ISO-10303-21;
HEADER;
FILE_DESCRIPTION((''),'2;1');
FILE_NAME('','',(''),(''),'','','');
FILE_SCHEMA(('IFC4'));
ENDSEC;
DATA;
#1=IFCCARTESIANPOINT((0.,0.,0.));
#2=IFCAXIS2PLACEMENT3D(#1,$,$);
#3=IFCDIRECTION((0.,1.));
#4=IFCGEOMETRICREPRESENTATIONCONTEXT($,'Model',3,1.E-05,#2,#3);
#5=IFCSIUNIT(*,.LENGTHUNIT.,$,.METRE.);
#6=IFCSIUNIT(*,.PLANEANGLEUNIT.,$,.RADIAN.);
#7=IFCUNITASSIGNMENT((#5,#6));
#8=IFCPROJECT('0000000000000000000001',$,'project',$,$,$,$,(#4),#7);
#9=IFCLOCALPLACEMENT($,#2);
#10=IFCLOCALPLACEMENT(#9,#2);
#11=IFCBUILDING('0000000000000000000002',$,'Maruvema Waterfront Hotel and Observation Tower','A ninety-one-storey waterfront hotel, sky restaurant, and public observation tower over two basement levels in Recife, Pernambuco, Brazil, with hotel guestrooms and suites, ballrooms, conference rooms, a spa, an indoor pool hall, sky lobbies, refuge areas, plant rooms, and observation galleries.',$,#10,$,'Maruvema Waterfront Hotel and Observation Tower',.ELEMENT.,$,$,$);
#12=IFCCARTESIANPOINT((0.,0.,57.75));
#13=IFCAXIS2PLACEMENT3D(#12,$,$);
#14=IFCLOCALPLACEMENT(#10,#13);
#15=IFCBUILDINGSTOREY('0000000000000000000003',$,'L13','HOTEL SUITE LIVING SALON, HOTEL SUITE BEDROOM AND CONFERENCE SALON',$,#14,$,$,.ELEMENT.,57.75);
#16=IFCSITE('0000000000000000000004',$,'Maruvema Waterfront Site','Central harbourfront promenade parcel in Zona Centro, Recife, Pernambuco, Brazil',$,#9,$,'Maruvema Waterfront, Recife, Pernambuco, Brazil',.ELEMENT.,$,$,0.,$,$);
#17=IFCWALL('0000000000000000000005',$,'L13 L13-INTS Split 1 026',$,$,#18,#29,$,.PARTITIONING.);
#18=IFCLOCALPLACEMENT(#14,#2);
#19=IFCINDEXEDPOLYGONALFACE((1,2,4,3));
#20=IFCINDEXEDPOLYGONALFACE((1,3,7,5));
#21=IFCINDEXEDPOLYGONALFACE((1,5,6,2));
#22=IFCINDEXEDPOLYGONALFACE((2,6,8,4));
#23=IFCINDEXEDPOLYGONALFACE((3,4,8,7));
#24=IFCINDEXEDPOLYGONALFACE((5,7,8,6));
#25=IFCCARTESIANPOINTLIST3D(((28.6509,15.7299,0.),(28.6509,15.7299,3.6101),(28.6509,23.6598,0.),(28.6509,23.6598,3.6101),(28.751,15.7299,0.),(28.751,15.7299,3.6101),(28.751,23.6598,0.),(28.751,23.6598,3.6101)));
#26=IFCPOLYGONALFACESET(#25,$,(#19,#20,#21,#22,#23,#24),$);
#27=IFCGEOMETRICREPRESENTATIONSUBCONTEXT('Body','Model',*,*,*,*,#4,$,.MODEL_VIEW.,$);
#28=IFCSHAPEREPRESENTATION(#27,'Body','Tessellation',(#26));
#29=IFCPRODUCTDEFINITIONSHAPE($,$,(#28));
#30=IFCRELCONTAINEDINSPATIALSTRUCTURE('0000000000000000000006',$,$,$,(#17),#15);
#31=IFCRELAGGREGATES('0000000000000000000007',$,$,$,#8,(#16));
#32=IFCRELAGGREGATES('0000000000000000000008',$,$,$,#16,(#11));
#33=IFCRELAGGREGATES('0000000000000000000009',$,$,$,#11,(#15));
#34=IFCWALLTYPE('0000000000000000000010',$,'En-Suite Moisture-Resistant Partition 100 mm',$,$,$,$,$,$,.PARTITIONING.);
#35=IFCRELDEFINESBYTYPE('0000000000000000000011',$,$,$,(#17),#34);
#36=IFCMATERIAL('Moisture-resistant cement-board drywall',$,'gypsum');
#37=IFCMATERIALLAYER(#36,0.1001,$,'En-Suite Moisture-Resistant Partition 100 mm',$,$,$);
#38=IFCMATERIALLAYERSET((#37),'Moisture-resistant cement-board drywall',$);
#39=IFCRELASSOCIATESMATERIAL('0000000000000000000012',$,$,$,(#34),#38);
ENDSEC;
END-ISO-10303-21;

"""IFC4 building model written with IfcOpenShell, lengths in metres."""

from ifc_helpers import new_model, si_unit, direction, frame, frame_2d, origin, place, context, subcontext, project, spatial, rectangle, extrude, material, layer, layer_set, type_object, element, save


model = new_model("IFC4")

# Units and contexts
model_context = context("Model", 3, precision=1e-05, world=origin(), true_north=direction((0.0, 1.0)))
body_context = subcontext(model_context, "Body", "Model", "MODEL_VIEW")
ifc_project = project(units=[si_unit("LENGTHUNIT", "METRE"), si_unit("PLANEANGLEUNIT", "RADIAN")], contexts=[model_context])

# Site, building, storey
site_placement = place(None, origin())
site = spatial("IfcSite", under=ifc_project, at=site_placement, Name="Maruvema Waterfront Site", Description="Central harbourfront promenade parcel in Zona Centro, Recife, Pernambuco, Brazil", LongName="Maruvema Waterfront, Recife, Pernambuco, Brazil", CompositionType="ELEMENT", RefElevation=0.0)
building_placement = place(site_placement, origin())
building = spatial("IfcBuilding", under=site, at=building_placement, Name="Maruvema Waterfront Hotel and Observation Tower", Description="A ninety-one-storey waterfront hotel, sky restaurant, and public observation tower over two basement levels in Recife, Pernambuco, Brazil, with hotel guestrooms and suites, ballrooms, conference rooms, a spa, an indoor pool hall, sky lobbies, refuge areas, plant rooms, and observation galleries.", LongName="Maruvema Waterfront Hotel and Observation Tower", CompositionType="ELEMENT")
storey_placement = place(building_placement, frame((0.0, 0.0, 57.75)))
storey = spatial("IfcBuildingStorey", under=building, at=storey_placement, Name="L13", Description="HOTEL SUITE LIVING SALON, HOTEL SUITE BEDROOM AND CONFERENCE SALON", CompositionType="ELEMENT", Elevation=57.75)

# Wall
ifc_material_1 = material(Name="Moisture-resistant cement-board drywall", Category="gypsum")
ifc_layer_1 = layer(ifc_material_1, 0.1001, Name="En-Suite Moisture-Resistant Partition 100 mm")
ifc_layer_set_1 = layer_set([ifc_layer_1], Name="Moisture-resistant cement-board drywall")
wall_type_1 = type_object("IfcWallType", Name="En-Suite Moisture-Resistant Partition 100 mm", PredefinedType="PARTITIONING", material=ifc_layer_set_1)
wall_1_placement = place(storey_placement, frame((28.7009, 15.73, 0.0), z_axis=(0.0, 0.0, 1.0), x_axis=(0.0, 1.0, 0.0)))
element("IfcWall", 1, at=wall_1_placement, inside=storey, type_object=wall_type_1, Name="L13 L13-INTS Split 1 026", PredefinedType="PARTITIONING", context=body_context, shape_type="SweptSolid", body=[
    extrude(rectangle(XDim=7.9299, YDim=0.1001, at=frame_2d((3.9648, 0.0))), origin(), (0.0, 0.0, 1.0), 3.6101),
])

save(model, "model.ifc")
